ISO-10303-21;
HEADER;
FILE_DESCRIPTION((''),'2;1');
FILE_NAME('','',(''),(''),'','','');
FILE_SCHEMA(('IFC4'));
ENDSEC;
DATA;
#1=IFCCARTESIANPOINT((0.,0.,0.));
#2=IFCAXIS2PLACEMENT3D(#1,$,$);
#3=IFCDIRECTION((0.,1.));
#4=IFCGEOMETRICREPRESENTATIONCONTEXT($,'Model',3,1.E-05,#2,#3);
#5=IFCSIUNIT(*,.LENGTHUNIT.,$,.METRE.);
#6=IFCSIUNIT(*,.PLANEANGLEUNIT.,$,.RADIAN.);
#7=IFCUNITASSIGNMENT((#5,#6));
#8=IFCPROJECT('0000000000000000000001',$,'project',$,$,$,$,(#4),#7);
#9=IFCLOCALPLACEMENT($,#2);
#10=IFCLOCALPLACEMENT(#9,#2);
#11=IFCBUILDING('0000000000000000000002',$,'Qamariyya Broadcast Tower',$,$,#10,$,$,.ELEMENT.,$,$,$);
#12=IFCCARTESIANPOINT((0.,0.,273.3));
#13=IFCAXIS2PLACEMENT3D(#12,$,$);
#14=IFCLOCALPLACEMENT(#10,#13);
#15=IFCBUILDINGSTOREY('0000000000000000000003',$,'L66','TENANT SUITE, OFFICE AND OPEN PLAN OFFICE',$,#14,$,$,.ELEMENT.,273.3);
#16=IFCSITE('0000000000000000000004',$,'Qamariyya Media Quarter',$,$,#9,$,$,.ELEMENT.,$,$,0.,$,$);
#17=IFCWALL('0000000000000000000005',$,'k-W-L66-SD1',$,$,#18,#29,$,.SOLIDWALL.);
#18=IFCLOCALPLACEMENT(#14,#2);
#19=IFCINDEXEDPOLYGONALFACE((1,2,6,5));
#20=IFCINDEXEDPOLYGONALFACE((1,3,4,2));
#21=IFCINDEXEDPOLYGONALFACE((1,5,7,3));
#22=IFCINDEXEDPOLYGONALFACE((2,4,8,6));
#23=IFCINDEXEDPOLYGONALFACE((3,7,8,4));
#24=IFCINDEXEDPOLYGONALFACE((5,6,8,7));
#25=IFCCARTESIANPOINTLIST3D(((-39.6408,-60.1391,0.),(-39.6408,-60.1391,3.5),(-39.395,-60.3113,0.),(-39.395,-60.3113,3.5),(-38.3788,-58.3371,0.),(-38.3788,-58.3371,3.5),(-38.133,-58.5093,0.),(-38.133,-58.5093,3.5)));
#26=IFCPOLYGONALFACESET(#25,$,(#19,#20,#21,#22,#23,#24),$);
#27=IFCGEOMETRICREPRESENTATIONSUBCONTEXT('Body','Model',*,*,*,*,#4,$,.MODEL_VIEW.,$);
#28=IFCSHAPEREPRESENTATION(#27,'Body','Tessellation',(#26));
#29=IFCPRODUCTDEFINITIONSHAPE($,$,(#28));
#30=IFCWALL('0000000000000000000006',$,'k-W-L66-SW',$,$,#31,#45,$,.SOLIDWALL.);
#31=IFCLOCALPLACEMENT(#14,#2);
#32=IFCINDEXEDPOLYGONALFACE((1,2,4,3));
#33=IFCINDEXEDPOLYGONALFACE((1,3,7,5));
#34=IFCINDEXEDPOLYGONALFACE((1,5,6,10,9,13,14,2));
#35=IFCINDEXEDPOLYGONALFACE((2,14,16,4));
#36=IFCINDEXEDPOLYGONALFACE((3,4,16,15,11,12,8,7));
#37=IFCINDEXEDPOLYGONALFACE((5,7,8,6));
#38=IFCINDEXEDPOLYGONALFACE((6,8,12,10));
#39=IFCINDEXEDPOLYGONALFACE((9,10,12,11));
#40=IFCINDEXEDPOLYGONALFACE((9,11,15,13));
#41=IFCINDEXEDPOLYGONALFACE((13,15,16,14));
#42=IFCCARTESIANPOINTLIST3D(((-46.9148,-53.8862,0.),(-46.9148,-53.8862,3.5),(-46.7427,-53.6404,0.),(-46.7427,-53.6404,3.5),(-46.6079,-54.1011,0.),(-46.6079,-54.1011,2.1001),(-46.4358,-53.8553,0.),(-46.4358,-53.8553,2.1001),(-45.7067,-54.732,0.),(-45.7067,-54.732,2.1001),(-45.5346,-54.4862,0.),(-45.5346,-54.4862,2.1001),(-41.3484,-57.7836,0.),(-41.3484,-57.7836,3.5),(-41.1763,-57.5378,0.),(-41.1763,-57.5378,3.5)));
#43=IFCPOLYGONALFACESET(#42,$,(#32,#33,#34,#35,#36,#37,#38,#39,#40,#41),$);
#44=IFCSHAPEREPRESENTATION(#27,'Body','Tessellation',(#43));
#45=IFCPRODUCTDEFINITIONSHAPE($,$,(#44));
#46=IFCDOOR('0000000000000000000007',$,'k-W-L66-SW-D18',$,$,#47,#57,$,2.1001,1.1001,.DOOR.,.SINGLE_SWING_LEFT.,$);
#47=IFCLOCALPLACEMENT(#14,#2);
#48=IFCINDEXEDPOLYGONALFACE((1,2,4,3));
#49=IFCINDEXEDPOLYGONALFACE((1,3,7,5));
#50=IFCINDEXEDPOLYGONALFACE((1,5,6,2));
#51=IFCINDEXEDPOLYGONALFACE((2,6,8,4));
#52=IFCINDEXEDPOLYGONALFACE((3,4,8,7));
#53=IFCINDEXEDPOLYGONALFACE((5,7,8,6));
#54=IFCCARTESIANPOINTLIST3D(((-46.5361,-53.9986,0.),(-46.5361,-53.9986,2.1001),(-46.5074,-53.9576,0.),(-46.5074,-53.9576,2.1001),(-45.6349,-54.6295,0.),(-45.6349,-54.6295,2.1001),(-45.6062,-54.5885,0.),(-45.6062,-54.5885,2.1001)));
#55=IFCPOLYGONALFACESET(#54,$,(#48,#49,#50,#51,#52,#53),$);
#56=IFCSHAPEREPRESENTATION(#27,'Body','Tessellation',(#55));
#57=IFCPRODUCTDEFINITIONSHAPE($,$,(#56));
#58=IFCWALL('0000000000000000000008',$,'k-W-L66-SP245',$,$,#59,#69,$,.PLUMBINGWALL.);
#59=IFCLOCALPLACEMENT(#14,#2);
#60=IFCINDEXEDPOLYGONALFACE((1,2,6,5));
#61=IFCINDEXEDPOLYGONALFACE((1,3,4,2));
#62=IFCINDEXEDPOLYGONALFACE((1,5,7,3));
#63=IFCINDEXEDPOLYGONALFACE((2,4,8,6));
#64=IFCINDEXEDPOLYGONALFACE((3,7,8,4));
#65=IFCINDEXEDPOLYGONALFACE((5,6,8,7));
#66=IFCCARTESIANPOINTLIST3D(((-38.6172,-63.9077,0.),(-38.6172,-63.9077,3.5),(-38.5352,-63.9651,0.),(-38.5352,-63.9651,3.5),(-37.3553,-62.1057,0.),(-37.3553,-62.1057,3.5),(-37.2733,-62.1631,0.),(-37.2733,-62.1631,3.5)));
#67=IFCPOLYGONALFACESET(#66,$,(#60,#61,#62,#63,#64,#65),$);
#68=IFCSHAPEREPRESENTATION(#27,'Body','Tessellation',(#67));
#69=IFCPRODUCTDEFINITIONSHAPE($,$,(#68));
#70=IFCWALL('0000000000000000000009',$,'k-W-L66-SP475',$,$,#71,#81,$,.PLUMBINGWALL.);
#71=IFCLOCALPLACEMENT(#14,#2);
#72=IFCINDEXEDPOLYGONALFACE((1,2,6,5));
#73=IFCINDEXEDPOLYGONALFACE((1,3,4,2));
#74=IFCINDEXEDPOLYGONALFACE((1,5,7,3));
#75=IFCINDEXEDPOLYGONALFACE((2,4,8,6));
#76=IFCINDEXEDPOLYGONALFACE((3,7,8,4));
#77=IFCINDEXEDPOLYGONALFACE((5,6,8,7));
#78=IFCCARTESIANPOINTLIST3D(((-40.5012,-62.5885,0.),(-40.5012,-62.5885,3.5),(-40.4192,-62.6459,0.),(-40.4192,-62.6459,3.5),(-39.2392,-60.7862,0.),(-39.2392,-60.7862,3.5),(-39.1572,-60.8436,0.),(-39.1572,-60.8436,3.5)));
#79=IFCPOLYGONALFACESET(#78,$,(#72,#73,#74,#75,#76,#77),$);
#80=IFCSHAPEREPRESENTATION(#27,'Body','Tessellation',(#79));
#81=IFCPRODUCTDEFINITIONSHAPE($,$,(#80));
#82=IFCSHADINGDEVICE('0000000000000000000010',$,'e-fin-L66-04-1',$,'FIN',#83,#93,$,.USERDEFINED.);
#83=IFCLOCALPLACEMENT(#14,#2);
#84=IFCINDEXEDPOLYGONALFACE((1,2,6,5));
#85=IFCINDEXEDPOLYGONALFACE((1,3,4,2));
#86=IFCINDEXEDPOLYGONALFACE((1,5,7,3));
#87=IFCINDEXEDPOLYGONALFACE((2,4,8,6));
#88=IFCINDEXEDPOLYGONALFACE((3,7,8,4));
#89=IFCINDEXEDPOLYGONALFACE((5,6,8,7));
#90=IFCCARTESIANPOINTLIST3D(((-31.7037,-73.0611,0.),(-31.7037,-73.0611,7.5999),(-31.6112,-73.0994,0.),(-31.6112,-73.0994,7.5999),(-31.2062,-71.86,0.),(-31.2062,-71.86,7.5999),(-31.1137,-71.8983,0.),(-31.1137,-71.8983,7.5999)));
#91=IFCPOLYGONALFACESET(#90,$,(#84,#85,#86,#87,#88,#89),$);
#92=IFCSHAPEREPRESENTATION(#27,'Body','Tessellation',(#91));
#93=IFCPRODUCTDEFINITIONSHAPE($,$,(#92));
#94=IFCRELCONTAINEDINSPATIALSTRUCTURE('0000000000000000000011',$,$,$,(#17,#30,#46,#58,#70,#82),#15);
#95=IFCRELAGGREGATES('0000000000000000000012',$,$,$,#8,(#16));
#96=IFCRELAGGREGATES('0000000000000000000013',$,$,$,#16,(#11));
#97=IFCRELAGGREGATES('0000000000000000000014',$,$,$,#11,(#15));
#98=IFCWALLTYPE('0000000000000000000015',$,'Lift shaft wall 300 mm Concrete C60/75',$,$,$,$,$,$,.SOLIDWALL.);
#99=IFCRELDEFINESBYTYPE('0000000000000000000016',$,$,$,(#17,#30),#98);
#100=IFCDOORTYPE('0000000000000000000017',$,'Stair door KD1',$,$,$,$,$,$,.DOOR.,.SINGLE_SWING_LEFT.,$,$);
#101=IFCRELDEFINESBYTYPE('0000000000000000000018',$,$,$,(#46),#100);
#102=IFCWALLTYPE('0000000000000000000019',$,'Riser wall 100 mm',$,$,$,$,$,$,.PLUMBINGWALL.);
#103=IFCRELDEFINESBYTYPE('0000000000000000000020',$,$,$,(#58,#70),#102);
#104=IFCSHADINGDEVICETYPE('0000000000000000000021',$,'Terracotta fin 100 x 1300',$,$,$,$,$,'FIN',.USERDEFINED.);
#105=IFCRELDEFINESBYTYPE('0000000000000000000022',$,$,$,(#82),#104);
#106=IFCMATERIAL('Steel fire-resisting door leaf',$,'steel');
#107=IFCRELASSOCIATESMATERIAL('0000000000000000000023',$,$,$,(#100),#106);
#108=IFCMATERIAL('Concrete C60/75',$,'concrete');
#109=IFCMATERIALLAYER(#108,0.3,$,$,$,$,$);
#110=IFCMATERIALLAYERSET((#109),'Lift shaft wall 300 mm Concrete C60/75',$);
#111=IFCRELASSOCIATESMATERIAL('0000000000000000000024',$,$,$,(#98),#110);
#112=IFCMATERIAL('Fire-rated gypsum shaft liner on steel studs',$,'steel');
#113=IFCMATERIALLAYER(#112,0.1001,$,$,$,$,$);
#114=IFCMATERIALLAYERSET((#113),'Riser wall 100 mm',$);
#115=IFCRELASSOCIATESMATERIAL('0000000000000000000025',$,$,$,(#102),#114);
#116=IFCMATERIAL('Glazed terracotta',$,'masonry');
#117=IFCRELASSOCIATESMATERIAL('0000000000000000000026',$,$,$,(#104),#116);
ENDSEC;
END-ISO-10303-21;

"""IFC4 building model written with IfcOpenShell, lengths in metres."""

from ifc_helpers import new_model, si_unit, direction, frame, frame_2d, origin, origin_2d, place, context, subcontext, project, spatial, rectangle, extrude, material, layer, layer_set, material_profile, profile_set, type_object, element, fill, save


model = new_model("IFC4")

# Units and contexts
model_context = context("Model", 3, precision=1e-05, world=origin(), true_north=direction((0.0, 1.0)))
body_context = subcontext(model_context, "Body", "Model", "MODEL_VIEW")
ifc_project = project(units=[si_unit("LENGTHUNIT", "METRE"), si_unit("PLANEANGLEUNIT", "RADIAN")], contexts=[model_context])

# Site, building, storey
site_placement = place(None, origin())
site = spatial("IfcSite", under=ifc_project, at=site_placement, Name="Qamariyya Media Quarter", CompositionType="ELEMENT", RefElevation=0.0)
building_placement = place(site_placement, origin())
building = spatial("IfcBuilding", under=site, at=building_placement, Name="Qamariyya Broadcast Tower", CompositionType="ELEMENT")
storey_placement = place(building_placement, frame((0.0, 0.0, 273.3)))
storey = spatial("IfcBuildingStorey", under=building, at=storey_placement, Name="L66", Description="TENANT SUITE, OFFICE AND OPEN PLAN OFFICE", CompositionType="ELEMENT", Elevation=273.3)

# Shared definitions
ifc_material_1 = material(Name="Concrete C60/75", Category="concrete")
ifc_material_2 = material(Name="Steel fire-resisting door leaf", Category="steel")

# Shared definitions
door_type_1 = type_object("IfcDoorType", Name="Stair door KD1", OperationType="SINGLE_SWING_LEFT", PredefinedType="DOOR", material=ifc_material_2)

# Shared definitions
ifc_layer_1 = layer(ifc_material_1, 0.3)
ifc_layer_set_1 = layer_set([ifc_layer_1], Name="Lift shaft wall 300 mm Concrete C60/75")
wall_type_1 = type_object("IfcWallType", Name="Lift shaft wall 300 mm Concrete C60/75", PredefinedType="SOLIDWALL", material=ifc_layer_set_1)

# Wall
wall_1_placement = place(storey_placement, frame((-38.2559, -58.4231, 0.0), z_axis=(0.0, 0.0, 1.0), x_axis=(-0.573634, -0.819112, 0.0)))
element("IfcWall", 1, at=wall_1_placement, inside=storey, type_object=wall_type_1, Name="k-W-L66-SD1", PredefinedType="SOLIDWALL", context=body_context, shape_type="SweptSolid", body=[
    extrude(rectangle(XDim=2.2, YDim=0.3, at=frame_2d((1.1001, 0.0))), origin(), (0.0, 0.0, 1.0), 3.5),
])

# Wall, opening, door
wall_2_placement = place(storey_placement, frame((-41.2625, -57.6606, 0.0), z_axis=(0.0, 0.0, 1.0), x_axis=(-0.819164, 0.573559, 0.0)))
wall_2 = element("IfcWall", 2, at=wall_2_placement, inside=storey, type_object=wall_type_1, Name="k-W-L66-SW", PredefinedType="SOLIDWALL", context=body_context, shape_type="SweptSolid", body=[
    extrude(rectangle(XDim=6.7952, YDim=0.3, at=frame_2d((3.3975, 0.0))), origin(), (0.0, 0.0, 1.0), 3.5),
])
opening_1_placement = place(wall_2_placement, frame((5.3203, 0.0, 0.0)))
opening_1 = element("IfcOpeningElement", 3, at=opening_1_placement, cuts=wall_2, PredefinedType="OPENING", context=body_context, shape_type="SweptSolid", body=[
    extrude(rectangle(XDim=1.1001, YDim=2.1001, at=frame_2d((0.55, 1.05))), frame((0.0, 0.1599, 0.0), z_axis=(0.0, -1.0, 0.0), x_axis=(1.0, 0.0, 0.0)), (0.0, 0.0, 1.0), 0.3201),
])
door_1_placement = place(opening_1_placement, origin())
door_1 = element("IfcDoor", 4, at=door_1_placement, inside=storey, type_object=door_type_1, Name="k-W-L66-SW-D18", OperationType="SINGLE_SWING_LEFT", OverallHeight=2.1001, OverallWidth=1.1001, PredefinedType="DOOR", context=body_context, shape_type="SweptSolid", body=[
    extrude(rectangle(XDim=1.1001, YDim=2.1001, at=frame_2d((0.55, 1.05))), frame((0.0, 0.0249, 0.0), z_axis=(0.0, -1.0, 0.0), x_axis=(1.0, 0.0, 0.0)), (0.0, 0.0, 1.0), 0.05),
])
fill(opening_1, door_1)

# Walls
ifc_material_3 = material(Name="Fire-rated gypsum shaft liner on steel studs", Category="steel")
ifc_layer_2 = layer(ifc_material_3, 0.1001)
ifc_layer_set_2 = layer_set([ifc_layer_2], Name="Riser wall 100 mm")
wall_type_2 = type_object("IfcWallType", Name="Riser wall 100 mm", PredefinedType="PLUMBINGWALL", material=ifc_layer_set_2)
wall_3_placement = place(storey_placement, frame((-37.3142, -62.1343, 0.0), z_axis=(0.0, 0.0, 1.0), x_axis=(-0.573634, -0.819112, 0.0)))
element("IfcWall", 5, at=wall_3_placement, inside=storey, type_object=wall_type_2, Name="k-W-L66-SP245", PredefinedType="PLUMBINGWALL", context=body_context, shape_type="SweptSolid", body=[
    extrude(rectangle(XDim=2.2, YDim=0.1001, at=frame_2d((1.1001, 0.0))), origin(), (0.0, 0.0, 1.0), 3.5),
])
wall_4_placement = place(storey_placement, frame((-39.1982, -60.8149, 0.0), z_axis=(0.0, 0.0, 1.0), x_axis=(-0.573581, -0.819149, 0.0)))
element("IfcWall", 6, at=wall_4_placement, inside=storey, type_object=wall_type_2, Name="k-W-L66-SP475", PredefinedType="PLUMBINGWALL", context=body_context, shape_type="SweptSolid", body=[
    extrude(rectangle(XDim=2.2002, YDim=0.1001, at=frame_2d((1.1001, 0.0))), origin(), (0.0, 0.0, 1.0), 3.5),
])

# Shading device
ifc_material_4 = material(Name="Glazed terracotta", Category="masonry")
ifc_material_profile_1 = material_profile(ifc_material_4, rectangle(XDim=1.3, YDim=0.1001, at=origin_2d()))
ifc_profile_set_1 = profile_set([ifc_material_profile_1], Name="Glazed terracotta")
shading_device_type = type_object("IfcShadingDeviceType", Name="Terracotta fin 100 x 1300", ElementType="FIN", PredefinedType="USERDEFINED", material=ifc_profile_set_1)
shading_device_placement = place(storey_placement, frame((-31.4087, -72.4797, 0.0), z_axis=(0.0, 0.0, 1.0), x_axis=(-0.382683, -0.92388, 0.0)))
element("IfcShadingDevice", 7, at=shading_device_placement, inside=storey, type_object=shading_device_type, Name="e-fin-L66-04-1", ObjectType="FIN", PredefinedType="USERDEFINED", context=body_context, shape_type="SweptSolid", body=[
    extrude(rectangle(XDim=1.3, YDim=0.1001, at=origin_2d()), origin(), (0.0, 0.0, 1.0), 7.5999),
])

save(model, "model.ifc")
